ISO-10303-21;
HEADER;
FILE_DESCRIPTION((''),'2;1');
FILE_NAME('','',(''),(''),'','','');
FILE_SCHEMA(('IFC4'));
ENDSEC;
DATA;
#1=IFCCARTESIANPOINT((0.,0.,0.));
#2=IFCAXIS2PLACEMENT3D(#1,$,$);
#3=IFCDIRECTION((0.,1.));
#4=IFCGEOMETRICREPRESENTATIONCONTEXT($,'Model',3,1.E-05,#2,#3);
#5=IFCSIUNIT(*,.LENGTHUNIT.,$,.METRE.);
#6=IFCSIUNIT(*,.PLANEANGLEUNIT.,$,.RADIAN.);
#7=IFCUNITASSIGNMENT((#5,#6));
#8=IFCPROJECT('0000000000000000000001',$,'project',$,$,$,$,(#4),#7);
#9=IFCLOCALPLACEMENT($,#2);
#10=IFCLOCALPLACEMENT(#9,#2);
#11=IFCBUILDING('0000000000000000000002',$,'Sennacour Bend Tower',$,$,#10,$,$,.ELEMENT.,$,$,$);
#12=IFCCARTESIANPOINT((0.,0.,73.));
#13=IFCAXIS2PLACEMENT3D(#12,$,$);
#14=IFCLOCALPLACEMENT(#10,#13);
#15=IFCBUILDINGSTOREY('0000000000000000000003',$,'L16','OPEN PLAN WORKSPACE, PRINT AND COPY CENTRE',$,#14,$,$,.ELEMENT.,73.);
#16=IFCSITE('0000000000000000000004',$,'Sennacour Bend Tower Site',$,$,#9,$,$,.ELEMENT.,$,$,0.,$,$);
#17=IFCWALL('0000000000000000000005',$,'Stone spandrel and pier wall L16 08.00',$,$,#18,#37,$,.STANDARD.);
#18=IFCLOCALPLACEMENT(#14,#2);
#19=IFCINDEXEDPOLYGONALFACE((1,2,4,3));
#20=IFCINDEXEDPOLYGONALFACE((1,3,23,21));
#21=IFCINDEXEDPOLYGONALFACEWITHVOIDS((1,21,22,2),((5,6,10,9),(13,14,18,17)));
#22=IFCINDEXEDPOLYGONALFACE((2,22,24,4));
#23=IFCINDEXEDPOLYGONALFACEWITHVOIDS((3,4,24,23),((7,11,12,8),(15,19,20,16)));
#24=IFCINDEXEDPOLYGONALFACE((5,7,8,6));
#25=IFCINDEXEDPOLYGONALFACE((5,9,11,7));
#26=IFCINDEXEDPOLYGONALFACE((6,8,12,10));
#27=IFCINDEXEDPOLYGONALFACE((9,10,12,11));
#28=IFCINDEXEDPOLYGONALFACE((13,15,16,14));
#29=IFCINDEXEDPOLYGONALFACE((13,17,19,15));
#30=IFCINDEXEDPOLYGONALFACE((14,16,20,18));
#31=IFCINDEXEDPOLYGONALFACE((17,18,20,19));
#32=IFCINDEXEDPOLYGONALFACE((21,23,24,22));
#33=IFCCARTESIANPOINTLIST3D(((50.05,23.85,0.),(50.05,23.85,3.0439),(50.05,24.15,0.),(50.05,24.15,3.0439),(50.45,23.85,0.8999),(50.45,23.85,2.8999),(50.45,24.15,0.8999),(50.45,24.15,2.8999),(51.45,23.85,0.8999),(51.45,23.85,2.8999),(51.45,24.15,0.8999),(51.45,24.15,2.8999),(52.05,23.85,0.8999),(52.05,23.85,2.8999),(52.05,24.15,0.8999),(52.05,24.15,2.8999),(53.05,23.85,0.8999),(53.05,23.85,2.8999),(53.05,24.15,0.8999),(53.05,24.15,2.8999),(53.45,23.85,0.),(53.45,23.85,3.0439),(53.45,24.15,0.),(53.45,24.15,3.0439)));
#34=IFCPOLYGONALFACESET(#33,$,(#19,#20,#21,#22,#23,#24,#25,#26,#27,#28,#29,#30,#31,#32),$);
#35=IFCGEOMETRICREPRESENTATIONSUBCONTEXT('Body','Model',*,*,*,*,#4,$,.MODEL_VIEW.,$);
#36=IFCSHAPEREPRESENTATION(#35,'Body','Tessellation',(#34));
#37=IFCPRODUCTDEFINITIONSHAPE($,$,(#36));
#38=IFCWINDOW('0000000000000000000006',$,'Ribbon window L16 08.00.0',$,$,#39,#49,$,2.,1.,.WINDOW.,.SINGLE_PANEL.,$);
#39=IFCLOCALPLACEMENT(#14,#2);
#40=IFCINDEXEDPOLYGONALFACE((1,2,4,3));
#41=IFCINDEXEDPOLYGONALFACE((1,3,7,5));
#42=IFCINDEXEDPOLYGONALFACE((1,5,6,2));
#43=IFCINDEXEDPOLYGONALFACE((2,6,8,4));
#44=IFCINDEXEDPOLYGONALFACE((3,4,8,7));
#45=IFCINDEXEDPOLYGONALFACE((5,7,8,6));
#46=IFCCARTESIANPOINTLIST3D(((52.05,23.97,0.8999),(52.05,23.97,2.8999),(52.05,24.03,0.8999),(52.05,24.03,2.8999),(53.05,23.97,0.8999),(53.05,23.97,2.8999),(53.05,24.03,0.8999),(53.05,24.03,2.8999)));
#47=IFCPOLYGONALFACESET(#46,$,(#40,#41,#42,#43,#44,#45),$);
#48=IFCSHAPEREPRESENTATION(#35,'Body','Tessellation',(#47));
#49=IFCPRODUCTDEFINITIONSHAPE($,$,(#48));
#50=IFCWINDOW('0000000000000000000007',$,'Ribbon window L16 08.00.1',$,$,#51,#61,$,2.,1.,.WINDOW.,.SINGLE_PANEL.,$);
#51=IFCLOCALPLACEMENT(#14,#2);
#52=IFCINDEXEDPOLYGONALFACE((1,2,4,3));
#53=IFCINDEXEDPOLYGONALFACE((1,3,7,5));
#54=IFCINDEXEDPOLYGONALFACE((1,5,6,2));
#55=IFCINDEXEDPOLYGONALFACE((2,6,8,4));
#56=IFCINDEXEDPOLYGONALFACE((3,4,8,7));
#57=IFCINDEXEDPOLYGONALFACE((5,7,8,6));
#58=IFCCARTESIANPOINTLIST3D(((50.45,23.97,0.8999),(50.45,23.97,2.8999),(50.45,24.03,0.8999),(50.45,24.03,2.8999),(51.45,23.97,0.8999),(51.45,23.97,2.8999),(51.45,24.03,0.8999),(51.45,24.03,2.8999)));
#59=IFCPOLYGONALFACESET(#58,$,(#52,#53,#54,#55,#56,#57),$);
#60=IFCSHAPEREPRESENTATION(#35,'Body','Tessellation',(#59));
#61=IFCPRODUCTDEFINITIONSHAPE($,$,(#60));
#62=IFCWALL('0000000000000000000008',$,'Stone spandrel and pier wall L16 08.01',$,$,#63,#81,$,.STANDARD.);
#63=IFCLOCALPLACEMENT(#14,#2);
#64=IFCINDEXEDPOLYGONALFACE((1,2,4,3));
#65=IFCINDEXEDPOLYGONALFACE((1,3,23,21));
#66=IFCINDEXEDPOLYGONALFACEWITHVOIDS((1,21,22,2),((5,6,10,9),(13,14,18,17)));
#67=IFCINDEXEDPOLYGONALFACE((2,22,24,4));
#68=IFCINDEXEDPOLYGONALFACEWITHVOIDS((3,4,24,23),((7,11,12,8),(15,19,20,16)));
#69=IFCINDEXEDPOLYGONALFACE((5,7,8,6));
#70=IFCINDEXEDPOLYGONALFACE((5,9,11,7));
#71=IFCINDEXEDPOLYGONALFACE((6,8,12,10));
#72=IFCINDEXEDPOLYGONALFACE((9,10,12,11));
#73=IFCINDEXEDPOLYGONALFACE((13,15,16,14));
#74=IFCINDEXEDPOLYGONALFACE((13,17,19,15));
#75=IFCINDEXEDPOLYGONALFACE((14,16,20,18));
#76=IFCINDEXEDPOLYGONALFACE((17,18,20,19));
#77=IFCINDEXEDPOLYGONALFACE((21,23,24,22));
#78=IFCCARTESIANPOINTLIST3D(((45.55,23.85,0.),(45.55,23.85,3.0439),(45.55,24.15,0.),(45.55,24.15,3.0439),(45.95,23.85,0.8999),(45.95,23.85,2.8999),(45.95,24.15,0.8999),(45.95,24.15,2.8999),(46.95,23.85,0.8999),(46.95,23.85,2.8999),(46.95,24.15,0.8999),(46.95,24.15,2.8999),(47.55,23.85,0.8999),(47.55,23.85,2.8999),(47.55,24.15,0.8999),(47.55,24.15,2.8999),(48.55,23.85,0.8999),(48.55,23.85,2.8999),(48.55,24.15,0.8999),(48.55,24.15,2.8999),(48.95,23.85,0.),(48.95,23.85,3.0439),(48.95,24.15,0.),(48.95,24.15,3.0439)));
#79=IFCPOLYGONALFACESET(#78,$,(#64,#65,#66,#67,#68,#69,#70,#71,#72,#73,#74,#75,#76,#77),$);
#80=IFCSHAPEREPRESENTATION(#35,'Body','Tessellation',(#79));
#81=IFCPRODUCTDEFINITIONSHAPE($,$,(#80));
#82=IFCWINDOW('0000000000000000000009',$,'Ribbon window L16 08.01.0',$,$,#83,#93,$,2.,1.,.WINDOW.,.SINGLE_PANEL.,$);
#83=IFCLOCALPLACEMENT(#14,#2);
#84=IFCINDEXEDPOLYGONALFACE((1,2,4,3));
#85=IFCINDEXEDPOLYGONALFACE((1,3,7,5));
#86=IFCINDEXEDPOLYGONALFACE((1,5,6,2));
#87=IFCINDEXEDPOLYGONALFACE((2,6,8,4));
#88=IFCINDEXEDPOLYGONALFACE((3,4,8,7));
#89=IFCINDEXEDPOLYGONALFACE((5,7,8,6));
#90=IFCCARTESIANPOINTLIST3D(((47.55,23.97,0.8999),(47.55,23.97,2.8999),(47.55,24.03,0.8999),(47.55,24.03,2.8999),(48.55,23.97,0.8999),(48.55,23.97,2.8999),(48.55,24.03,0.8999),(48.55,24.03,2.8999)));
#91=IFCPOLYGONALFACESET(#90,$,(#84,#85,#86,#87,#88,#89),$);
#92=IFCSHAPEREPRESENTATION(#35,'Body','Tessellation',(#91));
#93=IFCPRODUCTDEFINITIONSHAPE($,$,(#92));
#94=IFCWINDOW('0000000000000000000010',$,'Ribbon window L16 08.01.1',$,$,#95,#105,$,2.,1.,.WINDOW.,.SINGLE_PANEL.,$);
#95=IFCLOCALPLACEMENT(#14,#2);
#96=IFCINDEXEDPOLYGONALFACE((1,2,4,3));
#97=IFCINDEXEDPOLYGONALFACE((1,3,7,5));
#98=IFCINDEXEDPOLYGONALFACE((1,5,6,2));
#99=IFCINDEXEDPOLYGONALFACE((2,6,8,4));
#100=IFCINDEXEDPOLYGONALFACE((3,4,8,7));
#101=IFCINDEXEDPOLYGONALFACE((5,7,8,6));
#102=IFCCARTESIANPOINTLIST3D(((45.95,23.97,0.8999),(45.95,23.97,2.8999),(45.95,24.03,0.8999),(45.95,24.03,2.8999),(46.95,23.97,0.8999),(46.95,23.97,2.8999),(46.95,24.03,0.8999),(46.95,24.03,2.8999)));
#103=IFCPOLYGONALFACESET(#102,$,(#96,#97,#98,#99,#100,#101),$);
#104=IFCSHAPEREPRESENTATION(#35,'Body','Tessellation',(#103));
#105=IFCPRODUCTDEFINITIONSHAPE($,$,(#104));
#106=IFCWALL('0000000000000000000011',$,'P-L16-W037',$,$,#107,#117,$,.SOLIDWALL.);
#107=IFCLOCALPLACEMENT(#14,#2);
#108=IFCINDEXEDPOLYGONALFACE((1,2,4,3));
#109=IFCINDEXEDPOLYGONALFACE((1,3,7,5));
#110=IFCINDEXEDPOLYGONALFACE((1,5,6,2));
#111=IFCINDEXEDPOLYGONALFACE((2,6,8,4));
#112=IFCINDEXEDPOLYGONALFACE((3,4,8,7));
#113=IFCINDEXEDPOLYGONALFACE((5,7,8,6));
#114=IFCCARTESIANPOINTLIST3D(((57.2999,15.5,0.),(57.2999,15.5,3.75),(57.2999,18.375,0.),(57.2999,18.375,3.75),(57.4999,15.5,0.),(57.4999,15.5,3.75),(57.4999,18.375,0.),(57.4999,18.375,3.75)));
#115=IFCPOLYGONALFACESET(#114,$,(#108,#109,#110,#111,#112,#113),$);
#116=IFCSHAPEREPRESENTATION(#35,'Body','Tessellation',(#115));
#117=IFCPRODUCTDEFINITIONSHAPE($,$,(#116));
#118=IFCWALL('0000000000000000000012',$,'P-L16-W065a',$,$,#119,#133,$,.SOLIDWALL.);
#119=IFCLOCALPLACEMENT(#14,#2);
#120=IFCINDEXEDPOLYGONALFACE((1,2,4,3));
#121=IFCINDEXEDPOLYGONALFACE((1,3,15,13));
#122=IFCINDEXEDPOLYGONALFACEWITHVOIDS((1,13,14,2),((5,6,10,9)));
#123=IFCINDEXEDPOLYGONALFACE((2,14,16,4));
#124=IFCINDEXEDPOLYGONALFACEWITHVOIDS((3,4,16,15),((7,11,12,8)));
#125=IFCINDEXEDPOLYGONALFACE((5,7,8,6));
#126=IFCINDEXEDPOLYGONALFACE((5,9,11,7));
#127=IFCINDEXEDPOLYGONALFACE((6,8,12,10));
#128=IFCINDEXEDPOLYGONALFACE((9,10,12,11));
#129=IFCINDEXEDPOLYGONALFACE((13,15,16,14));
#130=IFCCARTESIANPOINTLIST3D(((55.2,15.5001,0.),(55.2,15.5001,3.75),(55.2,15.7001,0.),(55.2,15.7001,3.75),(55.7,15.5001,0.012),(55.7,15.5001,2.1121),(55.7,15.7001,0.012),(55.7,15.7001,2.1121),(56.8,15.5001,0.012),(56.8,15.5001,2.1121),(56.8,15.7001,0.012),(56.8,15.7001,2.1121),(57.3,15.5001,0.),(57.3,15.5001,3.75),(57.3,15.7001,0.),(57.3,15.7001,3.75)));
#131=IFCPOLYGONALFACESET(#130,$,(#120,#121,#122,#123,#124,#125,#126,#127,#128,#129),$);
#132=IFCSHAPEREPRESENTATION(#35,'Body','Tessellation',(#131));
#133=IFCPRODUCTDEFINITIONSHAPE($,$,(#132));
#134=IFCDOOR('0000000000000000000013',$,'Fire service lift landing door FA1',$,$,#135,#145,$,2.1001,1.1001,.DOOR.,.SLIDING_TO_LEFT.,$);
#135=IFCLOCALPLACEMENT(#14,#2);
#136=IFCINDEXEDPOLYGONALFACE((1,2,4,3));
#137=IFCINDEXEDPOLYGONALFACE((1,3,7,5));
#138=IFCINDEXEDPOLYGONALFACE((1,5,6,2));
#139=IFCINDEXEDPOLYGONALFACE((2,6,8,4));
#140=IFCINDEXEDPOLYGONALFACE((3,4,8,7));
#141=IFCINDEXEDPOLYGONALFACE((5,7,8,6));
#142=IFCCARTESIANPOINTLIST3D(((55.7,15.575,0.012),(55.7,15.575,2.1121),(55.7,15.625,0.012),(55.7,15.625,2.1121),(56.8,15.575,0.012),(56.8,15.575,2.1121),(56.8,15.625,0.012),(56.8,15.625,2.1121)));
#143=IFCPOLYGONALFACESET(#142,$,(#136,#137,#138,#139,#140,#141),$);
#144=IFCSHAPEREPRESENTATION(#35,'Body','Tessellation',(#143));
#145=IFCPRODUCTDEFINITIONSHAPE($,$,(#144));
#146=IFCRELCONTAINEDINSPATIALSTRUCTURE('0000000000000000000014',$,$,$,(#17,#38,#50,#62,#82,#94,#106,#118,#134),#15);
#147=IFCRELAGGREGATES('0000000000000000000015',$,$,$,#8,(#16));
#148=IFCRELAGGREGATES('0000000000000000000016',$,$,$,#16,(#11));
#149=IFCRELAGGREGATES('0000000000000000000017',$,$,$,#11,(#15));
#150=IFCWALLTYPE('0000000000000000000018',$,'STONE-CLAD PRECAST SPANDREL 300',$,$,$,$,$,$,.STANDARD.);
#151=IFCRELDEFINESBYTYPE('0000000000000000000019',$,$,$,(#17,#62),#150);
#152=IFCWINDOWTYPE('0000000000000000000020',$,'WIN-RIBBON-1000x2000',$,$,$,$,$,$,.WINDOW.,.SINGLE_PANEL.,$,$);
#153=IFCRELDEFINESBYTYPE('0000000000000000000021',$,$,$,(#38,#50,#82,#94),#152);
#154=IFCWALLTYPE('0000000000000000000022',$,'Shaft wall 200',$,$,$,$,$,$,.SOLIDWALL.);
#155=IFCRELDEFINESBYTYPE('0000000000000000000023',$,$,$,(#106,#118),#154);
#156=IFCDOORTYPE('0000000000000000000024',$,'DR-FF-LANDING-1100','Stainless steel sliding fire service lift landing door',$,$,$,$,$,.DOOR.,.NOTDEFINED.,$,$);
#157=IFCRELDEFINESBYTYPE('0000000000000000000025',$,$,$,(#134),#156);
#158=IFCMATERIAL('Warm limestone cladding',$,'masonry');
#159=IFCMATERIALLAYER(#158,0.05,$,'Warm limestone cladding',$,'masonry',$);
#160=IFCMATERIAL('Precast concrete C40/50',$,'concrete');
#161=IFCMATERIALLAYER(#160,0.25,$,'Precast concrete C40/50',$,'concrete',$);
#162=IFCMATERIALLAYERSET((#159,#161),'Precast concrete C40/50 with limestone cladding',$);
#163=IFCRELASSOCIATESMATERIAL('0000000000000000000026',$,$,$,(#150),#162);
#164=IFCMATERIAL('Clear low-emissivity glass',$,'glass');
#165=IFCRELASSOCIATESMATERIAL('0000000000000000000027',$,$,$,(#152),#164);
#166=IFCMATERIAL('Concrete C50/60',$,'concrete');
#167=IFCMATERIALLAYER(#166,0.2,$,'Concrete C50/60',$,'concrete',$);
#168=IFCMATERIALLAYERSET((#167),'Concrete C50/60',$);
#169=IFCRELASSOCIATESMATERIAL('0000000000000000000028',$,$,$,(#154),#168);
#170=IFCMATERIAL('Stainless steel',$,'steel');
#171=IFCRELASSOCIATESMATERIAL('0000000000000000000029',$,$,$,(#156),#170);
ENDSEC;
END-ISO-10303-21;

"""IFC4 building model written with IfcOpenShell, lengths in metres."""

from ifc_helpers import new_model, si_unit, direction, frame, frame_2d, origin, place, context, subcontext, project, spatial, rectangle, extrude, material, layer, layer_set, type_object, element, fill, save


model = new_model("IFC4")

# Units and contexts
model_context = context("Model", 3, precision=1e-05, world=origin(), true_north=direction((0.0, 1.0)))
body_context = subcontext(model_context, "Body", "Model", "MODEL_VIEW")
ifc_project = project(units=[si_unit("LENGTHUNIT", "METRE"), si_unit("PLANEANGLEUNIT", "RADIAN")], contexts=[model_context])

# Site, building, storey
site_placement = place(None, origin())
site = spatial("IfcSite", under=ifc_project, at=site_placement, Name="Sennacour Bend Tower Site", CompositionType="ELEMENT", RefElevation=0.0)
building_placement = place(site_placement, origin())
building = spatial("IfcBuilding", under=site, at=building_placement, Name="Sennacour Bend Tower", CompositionType="ELEMENT")
storey_placement = place(building_placement, frame((0.0, 0.0, 73.0)))
storey = spatial("IfcBuildingStorey", under=building, at=storey_placement, Name="L16", Description="OPEN PLAN WORKSPACE, PRINT AND COPY CENTRE", CompositionType="ELEMENT", Elevation=73.0)

# Shared definitions
ifc_material_1 = material(Name="Warm limestone cladding", Category="masonry")
ifc_layer_1 = layer(ifc_material_1, 0.05, Name="Warm limestone cladding", Category="masonry")
ifc_material_2 = material(Name="Precast concrete C40/50", Category="concrete")
ifc_layer_2 = layer(ifc_material_2, 0.25, Name="Precast concrete C40/50", Category="concrete")
ifc_layer_set_1 = layer_set([ifc_layer_1, ifc_layer_2], Name="Precast concrete C40/50 with limestone cladding")
wall_type_1 = type_object("IfcWallType", Name="STONE-CLAD PRECAST SPANDREL 300", PredefinedType="STANDARD", material=ifc_layer_set_1)

# Walls, openings, windows
wall_1_placement = place(storey_placement, frame((53.45, 24.0, 0.0), z_axis=(0.0, 0.0, 1.0), x_axis=(-1.0, 0.0, 0.0)))
wall_1 = element("IfcWall", 1, at=wall_1_placement, inside=storey, type_object=wall_type_1, Name="Stone spandrel and pier wall L16 08.00", PredefinedType="STANDARD", context=body_context, shape_type="SweptSolid", body=[
    extrude(rectangle(XDim=3.3999, YDim=0.3, at=frame_2d((1.7, 0.0))), origin(), (0.0, 0.0, 1.0), 3.0439),
])
opening_1_placement = place(wall_1_placement, frame((0.3999, 0.0, 0.8999)))
opening_1 = element("IfcOpeningElement", 2, at=opening_1_placement, cuts=wall_1, PredefinedType="OPENING", context=body_context, shape_type="SweptSolid", body=[
    extrude(rectangle(XDim=1.0, YDim=2.0, at=frame_2d((0.5, 1.0))), frame((0.0, 0.1602, 0.0), z_axis=(0.0, -1.0, 0.0), x_axis=(1.0, 0.0, 0.0)), (0.0, 0.0, 1.0), 0.3201),
])
opening_2_placement = place(wall_1_placement, frame((2.0, 0.0, 0.8999)))
opening_2 = element("IfcOpeningElement", 3, at=opening_2_placement, cuts=wall_1, PredefinedType="OPENING", context=body_context, shape_type="SweptSolid", body=[
    extrude(rectangle(XDim=1.0, YDim=2.0, at=frame_2d((0.5, 1.0))), frame((0.0, 0.1602, 0.0), z_axis=(0.0, -1.0, 0.0), x_axis=(1.0, 0.0, 0.0)), (0.0, 0.0, 1.0), 0.3201),
])
ifc_material_3 = material(Name="Clear low-emissivity glass", Category="glass")
window_type = type_object("IfcWindowType", Name="WIN-RIBBON-1000x2000", PartitioningType="SINGLE_PANEL", PredefinedType="WINDOW", material=ifc_material_3)
window_1_placement = place(opening_1_placement, origin())
window_1 = element("IfcWindow", 4, at=window_1_placement, inside=storey, type_object=window_type, Name="Ribbon window L16 08.00.0", OverallHeight=2.0, OverallWidth=1.0, PartitioningType="SINGLE_PANEL", PredefinedType="WINDOW", context=body_context, shape_type="SweptSolid", body=[
    extrude(rectangle(XDim=1.0, YDim=2.0, at=frame_2d((0.5, 1.0))), frame((0.0, 0.03, 0.0), z_axis=(0.0, -1.0, 0.0), x_axis=(1.0, 0.0, 0.0)), (0.0, 0.0, 1.0), 0.0601),
])
fill(opening_1, window_1)
window_2_placement = place(opening_2_placement, origin())
window_2 = element("IfcWindow", 5, at=window_2_placement, inside=storey, type_object=window_type, Name="Ribbon window L16 08.00.1", OverallHeight=2.0, OverallWidth=1.0, PartitioningType="SINGLE_PANEL", PredefinedType="WINDOW", context=body_context, shape_type="SweptSolid", body=[
    extrude(rectangle(XDim=1.0, YDim=2.0, at=frame_2d((0.5, 1.0))), frame((0.0, 0.03, 0.0), z_axis=(0.0, -1.0, 0.0), x_axis=(1.0, 0.0, 0.0)), (0.0, 0.0, 1.0), 0.0601),
])
fill(opening_2, window_2)
wall_2_placement = place(storey_placement, frame((48.95, 24.0, 0.0), z_axis=(0.0, 0.0, 1.0), x_axis=(-1.0, 0.0, 0.0)))
wall_2 = element("IfcWall", 6, at=wall_2_placement, inside=storey, type_object=wall_type_1, Name="Stone spandrel and pier wall L16 08.01", PredefinedType="STANDARD", context=body_context, shape_type="SweptSolid", body=[
    extrude(rectangle(XDim=3.3999, YDim=0.3, at=frame_2d((1.7, 0.0))), origin(), (0.0, 0.0, 1.0), 3.0439),
])
opening_3_placement = place(wall_2_placement, frame((0.3999, 0.0, 0.8999)))
opening_3 = element("IfcOpeningElement", 7, at=opening_3_placement, cuts=wall_2, PredefinedType="OPENING", context=body_context, shape_type="SweptSolid", body=[
    extrude(rectangle(XDim=1.0, YDim=2.0, at=frame_2d((0.5, 1.0))), frame((0.0, 0.1602, 0.0), z_axis=(0.0, -1.0, 0.0), x_axis=(1.0, 0.0, 0.0)), (0.0, 0.0, 1.0), 0.3201),
])
opening_4_placement = place(wall_2_placement, frame((2.0, 0.0, 0.8999)))
opening_4 = element("IfcOpeningElement", 8, at=opening_4_placement, cuts=wall_2, PredefinedType="OPENING", context=body_context, shape_type="SweptSolid", body=[
    extrude(rectangle(XDim=1.0, YDim=2.0, at=frame_2d((0.5, 1.0))), frame((0.0, 0.1602, 0.0), z_axis=(0.0, -1.0, 0.0), x_axis=(1.0, 0.0, 0.0)), (0.0, 0.0, 1.0), 0.3201),
])
window_3_placement = place(opening_3_placement, origin())
window_3 = element("IfcWindow", 9, at=window_3_placement, inside=storey, type_object=window_type, Name="Ribbon window L16 08.01.0", OverallHeight=2.0, OverallWidth=1.0, PartitioningType="SINGLE_PANEL", PredefinedType="WINDOW", context=body_context, shape_type="SweptSolid", body=[
    extrude(rectangle(XDim=1.0, YDim=2.0, at=frame_2d((0.5, 1.0))), frame((0.0, 0.03, 0.0), z_axis=(0.0, -1.0, 0.0), x_axis=(1.0, 0.0, 0.0)), (0.0, 0.0, 1.0), 0.0601),
])
fill(opening_3, window_3)
window_4_placement = place(opening_4_placement, origin())
window_4 = element("IfcWindow", 10, at=window_4_placement, inside=storey, type_object=window_type, Name="Ribbon window L16 08.01.1", OverallHeight=2.0, OverallWidth=1.0, PartitioningType="SINGLE_PANEL", PredefinedType="WINDOW", context=body_context, shape_type="SweptSolid", body=[
    extrude(rectangle(XDim=1.0, YDim=2.0, at=frame_2d((0.5, 1.0))), frame((0.0, 0.03, 0.0), z_axis=(0.0, -1.0, 0.0), x_axis=(1.0, 0.0, 0.0)), (0.0, 0.0, 1.0), 0.0601),
])
fill(opening_4, window_4)

# Wall
ifc_material_4 = material(Name="Concrete C50/60", Category="concrete")
ifc_layer_3 = layer(ifc_material_4, 0.2, Name="Concrete C50/60", Category="concrete")
ifc_layer_set_2 = layer_set([ifc_layer_3], Name="Concrete C50/60")
wall_type_2 = type_object("IfcWallType", Name="Shaft wall 200", PredefinedType="SOLIDWALL", material=ifc_layer_set_2)
wall_3_placement = place(storey_placement, frame((57.3999, 15.5, 0.0), z_axis=(0.0, 0.0, 1.0), x_axis=(0.0, 1.0, 0.0)))
element("IfcWall", 11, at=wall_3_placement, inside=storey, type_object=wall_type_2, Name="P-L16-W037", PredefinedType="SOLIDWALL", context=body_context, shape_type="SweptSolid", body=[
    extrude(rectangle(XDim=2.875, YDim=0.2, at=frame_2d((1.4375, 0.0))), origin(), (0.0, 0.0, 1.0), 3.75),
])

# Wall, opening, door
wall_4_placement = place(storey_placement, frame((55.2, 15.6001, 0.0), z_axis=(0.0, 0.0, 1.0), x_axis=(1.0, 0.0, 0.0)))
wall_4 = element("IfcWall", 12, at=wall_4_placement, inside=storey, type_object=wall_type_2, Name="P-L16-W065a", PredefinedType="SOLIDWALL", context=body_context, shape_type="SweptSolid", body=[
    extrude(rectangle(XDim=2.1001, YDim=0.2, at=frame_2d((1.05, 0.0))), origin(), (0.0, 0.0, 1.0), 3.75),
])
opening_5_placement = place(wall_4_placement, frame((0.5, 0.0, 0.012)))
opening_5 = element("IfcOpeningElement", 13, at=opening_5_placement, cuts=wall_4, PredefinedType="OPENING", context=body_context, shape_type="SweptSolid", body=[
    extrude(rectangle(XDim=1.1001, YDim=2.1001, at=frame_2d((0.55, 1.05))), frame((0.0, 0.1099, 0.0), z_axis=(0.0, -1.0, 0.0), x_axis=(1.0, 0.0, 0.0)), (0.0, 0.0, 1.0), 0.22),
])
ifc_material_5 = material(Name="Stainless steel", Category="steel")
door_type = type_object("IfcDoorType", Name="DR-FF-LANDING-1100", Description="Stainless steel sliding fire service lift landing door", OperationType="NOTDEFINED", PredefinedType="DOOR", material=ifc_material_5)
door_1_placement = place(opening_5_placement, origin())
door_1 = element("IfcDoor", 14, at=door_1_placement, inside=storey, type_object=door_type, Name="Fire service lift landing door FA1", OperationType="SLIDING_TO_LEFT", OverallHeight=2.1001, OverallWidth=1.1001, PredefinedType="DOOR", context=body_context, shape_type="SweptSolid", body=[
    extrude(rectangle(XDim=1.1001, YDim=2.1001, at=frame_2d((0.55, 1.05))), frame((0.0, 0.0249, 0.0), z_axis=(0.0, -1.0, 0.0), x_axis=(1.0, 0.0, 0.0)), (0.0, 0.0, 1.0), 0.05),
])
fill(opening_5, door_1)

save(model, "model.ifc")
